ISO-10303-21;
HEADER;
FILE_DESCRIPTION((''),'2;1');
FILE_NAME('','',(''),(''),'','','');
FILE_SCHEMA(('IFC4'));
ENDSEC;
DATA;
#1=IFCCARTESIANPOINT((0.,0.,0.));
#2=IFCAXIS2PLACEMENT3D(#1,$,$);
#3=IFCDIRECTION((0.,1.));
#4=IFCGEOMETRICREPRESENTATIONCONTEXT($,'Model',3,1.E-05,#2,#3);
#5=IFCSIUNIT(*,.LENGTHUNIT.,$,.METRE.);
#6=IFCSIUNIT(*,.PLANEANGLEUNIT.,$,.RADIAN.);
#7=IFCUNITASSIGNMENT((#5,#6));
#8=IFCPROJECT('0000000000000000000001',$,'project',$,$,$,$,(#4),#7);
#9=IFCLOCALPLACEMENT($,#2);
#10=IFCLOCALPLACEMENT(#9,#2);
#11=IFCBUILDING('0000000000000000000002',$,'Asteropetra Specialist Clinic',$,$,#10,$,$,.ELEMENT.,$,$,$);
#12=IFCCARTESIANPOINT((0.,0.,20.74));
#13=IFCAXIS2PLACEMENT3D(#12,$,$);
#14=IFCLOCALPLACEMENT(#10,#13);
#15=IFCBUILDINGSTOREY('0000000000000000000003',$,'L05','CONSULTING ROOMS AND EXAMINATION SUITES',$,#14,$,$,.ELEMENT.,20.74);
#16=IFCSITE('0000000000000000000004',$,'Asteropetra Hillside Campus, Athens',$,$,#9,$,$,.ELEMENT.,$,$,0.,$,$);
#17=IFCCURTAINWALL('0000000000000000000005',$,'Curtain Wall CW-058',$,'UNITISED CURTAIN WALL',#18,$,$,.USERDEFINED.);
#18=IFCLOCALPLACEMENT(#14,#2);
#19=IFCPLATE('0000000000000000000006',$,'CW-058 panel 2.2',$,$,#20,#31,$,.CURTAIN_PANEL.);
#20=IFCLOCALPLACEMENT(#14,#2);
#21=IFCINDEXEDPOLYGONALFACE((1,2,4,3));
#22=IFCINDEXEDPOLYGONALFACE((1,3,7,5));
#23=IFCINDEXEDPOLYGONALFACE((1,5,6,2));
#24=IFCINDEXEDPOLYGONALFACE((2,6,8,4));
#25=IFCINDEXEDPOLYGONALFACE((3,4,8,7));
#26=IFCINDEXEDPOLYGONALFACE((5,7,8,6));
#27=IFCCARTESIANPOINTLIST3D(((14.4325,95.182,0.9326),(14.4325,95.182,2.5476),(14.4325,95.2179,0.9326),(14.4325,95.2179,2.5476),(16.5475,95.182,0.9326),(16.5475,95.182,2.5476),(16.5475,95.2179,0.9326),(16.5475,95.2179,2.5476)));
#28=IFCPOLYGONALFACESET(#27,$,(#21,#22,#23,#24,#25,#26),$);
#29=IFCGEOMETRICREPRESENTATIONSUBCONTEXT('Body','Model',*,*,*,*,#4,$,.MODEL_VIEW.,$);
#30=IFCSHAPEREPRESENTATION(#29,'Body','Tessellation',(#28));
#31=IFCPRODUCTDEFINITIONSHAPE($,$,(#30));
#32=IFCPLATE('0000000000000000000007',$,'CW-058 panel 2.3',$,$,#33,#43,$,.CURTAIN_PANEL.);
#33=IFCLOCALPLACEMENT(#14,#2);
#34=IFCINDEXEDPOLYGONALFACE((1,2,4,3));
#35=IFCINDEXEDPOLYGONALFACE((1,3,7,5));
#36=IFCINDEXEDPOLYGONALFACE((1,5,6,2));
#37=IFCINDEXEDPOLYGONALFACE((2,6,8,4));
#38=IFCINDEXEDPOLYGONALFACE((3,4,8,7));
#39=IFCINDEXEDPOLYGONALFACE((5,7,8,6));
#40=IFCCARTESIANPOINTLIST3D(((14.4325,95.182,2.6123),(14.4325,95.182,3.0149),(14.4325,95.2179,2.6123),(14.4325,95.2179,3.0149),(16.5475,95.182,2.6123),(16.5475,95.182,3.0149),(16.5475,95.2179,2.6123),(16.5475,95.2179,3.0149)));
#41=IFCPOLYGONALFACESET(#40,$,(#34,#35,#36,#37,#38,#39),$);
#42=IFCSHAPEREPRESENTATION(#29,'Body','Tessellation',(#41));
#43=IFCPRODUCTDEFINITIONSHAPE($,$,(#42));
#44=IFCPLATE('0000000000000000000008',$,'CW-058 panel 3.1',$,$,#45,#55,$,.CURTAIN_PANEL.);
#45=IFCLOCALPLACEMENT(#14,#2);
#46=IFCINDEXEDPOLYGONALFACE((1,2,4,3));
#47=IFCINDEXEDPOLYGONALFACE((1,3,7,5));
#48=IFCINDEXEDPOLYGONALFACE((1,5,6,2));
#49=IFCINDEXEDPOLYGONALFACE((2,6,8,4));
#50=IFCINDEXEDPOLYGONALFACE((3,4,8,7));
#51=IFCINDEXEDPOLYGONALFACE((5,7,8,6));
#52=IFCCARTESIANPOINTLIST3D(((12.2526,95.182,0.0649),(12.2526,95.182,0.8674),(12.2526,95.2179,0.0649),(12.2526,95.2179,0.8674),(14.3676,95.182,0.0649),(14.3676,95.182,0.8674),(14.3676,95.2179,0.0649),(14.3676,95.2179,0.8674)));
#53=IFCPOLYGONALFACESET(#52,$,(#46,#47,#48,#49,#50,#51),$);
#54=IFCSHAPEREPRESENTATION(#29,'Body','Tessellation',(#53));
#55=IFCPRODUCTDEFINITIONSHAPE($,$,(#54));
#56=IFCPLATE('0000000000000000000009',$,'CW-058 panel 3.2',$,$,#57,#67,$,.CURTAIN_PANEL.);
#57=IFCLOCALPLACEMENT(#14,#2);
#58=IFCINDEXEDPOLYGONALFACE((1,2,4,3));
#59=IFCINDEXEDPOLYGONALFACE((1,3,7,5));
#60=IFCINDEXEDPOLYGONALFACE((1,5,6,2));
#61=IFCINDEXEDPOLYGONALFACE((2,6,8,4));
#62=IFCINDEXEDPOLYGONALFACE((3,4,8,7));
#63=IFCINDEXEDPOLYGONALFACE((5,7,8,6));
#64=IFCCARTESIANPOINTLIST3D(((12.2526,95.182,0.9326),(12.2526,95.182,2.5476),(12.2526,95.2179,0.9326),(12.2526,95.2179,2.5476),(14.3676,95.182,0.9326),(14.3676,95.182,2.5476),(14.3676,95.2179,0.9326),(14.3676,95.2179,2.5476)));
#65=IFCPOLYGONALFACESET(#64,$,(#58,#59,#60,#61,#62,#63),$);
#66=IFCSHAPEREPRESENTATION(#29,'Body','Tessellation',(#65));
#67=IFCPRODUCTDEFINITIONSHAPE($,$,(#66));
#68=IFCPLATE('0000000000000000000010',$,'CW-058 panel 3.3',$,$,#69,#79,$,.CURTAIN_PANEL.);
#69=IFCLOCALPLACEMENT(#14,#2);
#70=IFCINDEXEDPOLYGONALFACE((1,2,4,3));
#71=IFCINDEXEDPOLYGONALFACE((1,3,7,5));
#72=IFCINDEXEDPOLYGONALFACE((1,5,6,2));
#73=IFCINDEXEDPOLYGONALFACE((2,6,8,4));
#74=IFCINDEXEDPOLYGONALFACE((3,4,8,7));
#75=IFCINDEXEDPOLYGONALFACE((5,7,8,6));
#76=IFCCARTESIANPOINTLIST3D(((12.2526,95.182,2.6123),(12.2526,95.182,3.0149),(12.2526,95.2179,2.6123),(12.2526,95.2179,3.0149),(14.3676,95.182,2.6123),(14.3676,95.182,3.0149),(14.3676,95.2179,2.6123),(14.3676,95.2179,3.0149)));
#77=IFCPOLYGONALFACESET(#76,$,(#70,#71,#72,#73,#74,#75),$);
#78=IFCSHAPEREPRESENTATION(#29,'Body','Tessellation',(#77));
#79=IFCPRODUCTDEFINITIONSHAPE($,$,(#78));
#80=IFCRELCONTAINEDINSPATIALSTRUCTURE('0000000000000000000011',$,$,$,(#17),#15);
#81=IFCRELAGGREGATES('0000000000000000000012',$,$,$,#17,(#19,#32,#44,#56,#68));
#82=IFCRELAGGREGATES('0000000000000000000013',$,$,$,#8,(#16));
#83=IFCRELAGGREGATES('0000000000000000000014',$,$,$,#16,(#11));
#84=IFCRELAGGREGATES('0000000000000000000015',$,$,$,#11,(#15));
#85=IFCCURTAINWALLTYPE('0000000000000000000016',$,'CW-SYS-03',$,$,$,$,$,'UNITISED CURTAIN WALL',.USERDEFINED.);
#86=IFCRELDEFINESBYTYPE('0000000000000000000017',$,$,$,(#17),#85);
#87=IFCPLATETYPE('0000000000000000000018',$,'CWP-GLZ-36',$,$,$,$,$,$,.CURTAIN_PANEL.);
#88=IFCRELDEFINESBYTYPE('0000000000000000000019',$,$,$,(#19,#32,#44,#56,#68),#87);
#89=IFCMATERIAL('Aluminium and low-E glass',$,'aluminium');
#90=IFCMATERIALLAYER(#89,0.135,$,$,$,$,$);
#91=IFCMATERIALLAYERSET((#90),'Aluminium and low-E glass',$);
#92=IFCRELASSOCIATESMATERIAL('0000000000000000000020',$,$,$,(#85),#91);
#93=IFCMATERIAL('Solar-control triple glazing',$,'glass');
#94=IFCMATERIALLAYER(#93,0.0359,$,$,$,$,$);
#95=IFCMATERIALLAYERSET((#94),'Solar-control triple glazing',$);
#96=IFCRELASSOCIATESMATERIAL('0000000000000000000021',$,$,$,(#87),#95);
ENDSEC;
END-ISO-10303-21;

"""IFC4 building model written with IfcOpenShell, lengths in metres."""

from ifc_helpers import new_model, si_unit, direction, frame, origin, origin_2d, place, context, subcontext, project, spatial, rectangle, extrude, material, layer, layer_set, type_object, element, aggregate, save


model = new_model("IFC4")

# Units and contexts
model_context = context("Model", 3, precision=1e-05, world=origin(), true_north=direction((0.0, 1.0)))
body_context = subcontext(model_context, "Body", "Model", "MODEL_VIEW")
ifc_project = project(units=[si_unit("LENGTHUNIT", "METRE"), si_unit("PLANEANGLEUNIT", "RADIAN")], contexts=[model_context])

# Site, building, storey
site_placement = place(None, origin())
site = spatial("IfcSite", under=ifc_project, at=site_placement, Name="Asteropetra Hillside Campus, Athens", CompositionType="ELEMENT", RefElevation=0.0)
building_placement = place(site_placement, origin())
building = spatial("IfcBuilding", under=site, at=building_placement, Name="Asteropetra Specialist Clinic", CompositionType="ELEMENT")
storey_placement = place(building_placement, frame((0.0, 0.0, 20.74)))
storey = spatial("IfcBuildingStorey", under=building, at=storey_placement, Name="L05", Description="CONSULTING ROOMS AND EXAMINATION SUITES", CompositionType="ELEMENT", Elevation=20.74)

# Curtain wall, plates
ifc_material_1 = material(Name="Aluminium and low-E glass", Category="aluminium")
ifc_layer_1 = layer(ifc_material_1, 0.135)
ifc_layer_set_1 = layer_set([ifc_layer_1], Name="Aluminium and low-E glass")
curtain_wall_type = type_object("IfcCurtainWallType", Name="CW-SYS-03", ElementType="UNITISED CURTAIN WALL", PredefinedType="USERDEFINED", material=ifc_layer_set_1)
curtain_wall_placement = place(storey_placement, origin())
curtain_wall = element("IfcCurtainWall", 1, at=curtain_wall_placement, inside=storey, type_object=curtain_wall_type, Name="Curtain Wall CW-058", ObjectType="UNITISED CURTAIN WALL", PredefinedType="USERDEFINED")
ifc_material_2 = material(Name="Solar-control triple glazing", Category="glass")
ifc_layer_2 = layer(ifc_material_2, 0.0359)
ifc_layer_set_2 = layer_set([ifc_layer_2], Name="Solar-control triple glazing")
plate_type = type_object("IfcPlateType", Name="CWP-GLZ-36", PredefinedType="CURTAIN_PANEL", material=ifc_layer_set_2)
plate_1_placement = place(storey_placement, frame((15.49, 95.2, 0.9326), z_axis=(0.0, 0.0, 1.0), x_axis=(-1.0, 0.0, 0.0)))
plate_1 = element("IfcPlate", 2, at=plate_1_placement, type_object=plate_type, Name="CW-058 panel 2.2", PredefinedType="CURTAIN_PANEL", context=body_context, shape_type="SweptSolid", body=[
    extrude(rectangle(XDim=2.115, YDim=0.0359, at=origin_2d()), origin(), (0.0, 0.0, 1.0), 1.615),
])
plate_2_placement = place(storey_placement, frame((15.49, 95.2, 2.6123), z_axis=(0.0, 0.0, 1.0), x_axis=(-1.0, 0.0, 0.0)))
plate_2 = element("IfcPlate", 3, at=plate_2_placement, type_object=plate_type, Name="CW-058 panel 2.3", PredefinedType="CURTAIN_PANEL", context=body_context, shape_type="SweptSolid", body=[
    extrude(rectangle(XDim=2.115, YDim=0.0359, at=origin_2d()), origin(), (0.0, 0.0, 1.0), 0.4026),
])
plate_3_placement = place(storey_placement, frame((13.3101, 95.2, 0.0649), z_axis=(0.0, 0.0, 1.0), x_axis=(-1.0, 0.0, 0.0)))
plate_3 = element("IfcPlate", 4, at=plate_3_placement, type_object=plate_type, Name="CW-058 panel 3.1", PredefinedType="CURTAIN_PANEL", context=body_context, shape_type="SweptSolid", body=[
    extrude(rectangle(XDim=2.115, YDim=0.0359, at=origin_2d()), origin(), (0.0, 0.0, 1.0), 0.8025),
])
plate_4_placement = place(storey_placement, frame((13.3101, 95.2, 0.9326), z_axis=(0.0, 0.0, 1.0), x_axis=(-1.0, 0.0, 0.0)))
plate_4 = element("IfcPlate", 5, at=plate_4_placement, type_object=plate_type, Name="CW-058 panel 3.2", PredefinedType="CURTAIN_PANEL", context=body_context, shape_type="SweptSolid", body=[
    extrude(rectangle(XDim=2.115, YDim=0.0359, at=origin_2d()), origin(), (0.0, 0.0, 1.0), 1.615),
])
plate_5_placement = place(storey_placement, frame((13.3101, 95.2, 2.6123), z_axis=(0.0, 0.0, 1.0), x_axis=(-1.0, 0.0, 0.0)))
plate_5 = element("IfcPlate", 6, at=plate_5_placement, type_object=plate_type, Name="CW-058 panel 3.3", PredefinedType="CURTAIN_PANEL", context=body_context, shape_type="SweptSolid", body=[
    extrude(rectangle(XDim=2.115, YDim=0.0359, at=origin_2d()), origin(), (0.0, 0.0, 1.0), 0.4026),
])
aggregate(curtain_wall, [plate_1, plate_2, plate_3, plate_4, plate_5])

save(model, "model.ifc")
